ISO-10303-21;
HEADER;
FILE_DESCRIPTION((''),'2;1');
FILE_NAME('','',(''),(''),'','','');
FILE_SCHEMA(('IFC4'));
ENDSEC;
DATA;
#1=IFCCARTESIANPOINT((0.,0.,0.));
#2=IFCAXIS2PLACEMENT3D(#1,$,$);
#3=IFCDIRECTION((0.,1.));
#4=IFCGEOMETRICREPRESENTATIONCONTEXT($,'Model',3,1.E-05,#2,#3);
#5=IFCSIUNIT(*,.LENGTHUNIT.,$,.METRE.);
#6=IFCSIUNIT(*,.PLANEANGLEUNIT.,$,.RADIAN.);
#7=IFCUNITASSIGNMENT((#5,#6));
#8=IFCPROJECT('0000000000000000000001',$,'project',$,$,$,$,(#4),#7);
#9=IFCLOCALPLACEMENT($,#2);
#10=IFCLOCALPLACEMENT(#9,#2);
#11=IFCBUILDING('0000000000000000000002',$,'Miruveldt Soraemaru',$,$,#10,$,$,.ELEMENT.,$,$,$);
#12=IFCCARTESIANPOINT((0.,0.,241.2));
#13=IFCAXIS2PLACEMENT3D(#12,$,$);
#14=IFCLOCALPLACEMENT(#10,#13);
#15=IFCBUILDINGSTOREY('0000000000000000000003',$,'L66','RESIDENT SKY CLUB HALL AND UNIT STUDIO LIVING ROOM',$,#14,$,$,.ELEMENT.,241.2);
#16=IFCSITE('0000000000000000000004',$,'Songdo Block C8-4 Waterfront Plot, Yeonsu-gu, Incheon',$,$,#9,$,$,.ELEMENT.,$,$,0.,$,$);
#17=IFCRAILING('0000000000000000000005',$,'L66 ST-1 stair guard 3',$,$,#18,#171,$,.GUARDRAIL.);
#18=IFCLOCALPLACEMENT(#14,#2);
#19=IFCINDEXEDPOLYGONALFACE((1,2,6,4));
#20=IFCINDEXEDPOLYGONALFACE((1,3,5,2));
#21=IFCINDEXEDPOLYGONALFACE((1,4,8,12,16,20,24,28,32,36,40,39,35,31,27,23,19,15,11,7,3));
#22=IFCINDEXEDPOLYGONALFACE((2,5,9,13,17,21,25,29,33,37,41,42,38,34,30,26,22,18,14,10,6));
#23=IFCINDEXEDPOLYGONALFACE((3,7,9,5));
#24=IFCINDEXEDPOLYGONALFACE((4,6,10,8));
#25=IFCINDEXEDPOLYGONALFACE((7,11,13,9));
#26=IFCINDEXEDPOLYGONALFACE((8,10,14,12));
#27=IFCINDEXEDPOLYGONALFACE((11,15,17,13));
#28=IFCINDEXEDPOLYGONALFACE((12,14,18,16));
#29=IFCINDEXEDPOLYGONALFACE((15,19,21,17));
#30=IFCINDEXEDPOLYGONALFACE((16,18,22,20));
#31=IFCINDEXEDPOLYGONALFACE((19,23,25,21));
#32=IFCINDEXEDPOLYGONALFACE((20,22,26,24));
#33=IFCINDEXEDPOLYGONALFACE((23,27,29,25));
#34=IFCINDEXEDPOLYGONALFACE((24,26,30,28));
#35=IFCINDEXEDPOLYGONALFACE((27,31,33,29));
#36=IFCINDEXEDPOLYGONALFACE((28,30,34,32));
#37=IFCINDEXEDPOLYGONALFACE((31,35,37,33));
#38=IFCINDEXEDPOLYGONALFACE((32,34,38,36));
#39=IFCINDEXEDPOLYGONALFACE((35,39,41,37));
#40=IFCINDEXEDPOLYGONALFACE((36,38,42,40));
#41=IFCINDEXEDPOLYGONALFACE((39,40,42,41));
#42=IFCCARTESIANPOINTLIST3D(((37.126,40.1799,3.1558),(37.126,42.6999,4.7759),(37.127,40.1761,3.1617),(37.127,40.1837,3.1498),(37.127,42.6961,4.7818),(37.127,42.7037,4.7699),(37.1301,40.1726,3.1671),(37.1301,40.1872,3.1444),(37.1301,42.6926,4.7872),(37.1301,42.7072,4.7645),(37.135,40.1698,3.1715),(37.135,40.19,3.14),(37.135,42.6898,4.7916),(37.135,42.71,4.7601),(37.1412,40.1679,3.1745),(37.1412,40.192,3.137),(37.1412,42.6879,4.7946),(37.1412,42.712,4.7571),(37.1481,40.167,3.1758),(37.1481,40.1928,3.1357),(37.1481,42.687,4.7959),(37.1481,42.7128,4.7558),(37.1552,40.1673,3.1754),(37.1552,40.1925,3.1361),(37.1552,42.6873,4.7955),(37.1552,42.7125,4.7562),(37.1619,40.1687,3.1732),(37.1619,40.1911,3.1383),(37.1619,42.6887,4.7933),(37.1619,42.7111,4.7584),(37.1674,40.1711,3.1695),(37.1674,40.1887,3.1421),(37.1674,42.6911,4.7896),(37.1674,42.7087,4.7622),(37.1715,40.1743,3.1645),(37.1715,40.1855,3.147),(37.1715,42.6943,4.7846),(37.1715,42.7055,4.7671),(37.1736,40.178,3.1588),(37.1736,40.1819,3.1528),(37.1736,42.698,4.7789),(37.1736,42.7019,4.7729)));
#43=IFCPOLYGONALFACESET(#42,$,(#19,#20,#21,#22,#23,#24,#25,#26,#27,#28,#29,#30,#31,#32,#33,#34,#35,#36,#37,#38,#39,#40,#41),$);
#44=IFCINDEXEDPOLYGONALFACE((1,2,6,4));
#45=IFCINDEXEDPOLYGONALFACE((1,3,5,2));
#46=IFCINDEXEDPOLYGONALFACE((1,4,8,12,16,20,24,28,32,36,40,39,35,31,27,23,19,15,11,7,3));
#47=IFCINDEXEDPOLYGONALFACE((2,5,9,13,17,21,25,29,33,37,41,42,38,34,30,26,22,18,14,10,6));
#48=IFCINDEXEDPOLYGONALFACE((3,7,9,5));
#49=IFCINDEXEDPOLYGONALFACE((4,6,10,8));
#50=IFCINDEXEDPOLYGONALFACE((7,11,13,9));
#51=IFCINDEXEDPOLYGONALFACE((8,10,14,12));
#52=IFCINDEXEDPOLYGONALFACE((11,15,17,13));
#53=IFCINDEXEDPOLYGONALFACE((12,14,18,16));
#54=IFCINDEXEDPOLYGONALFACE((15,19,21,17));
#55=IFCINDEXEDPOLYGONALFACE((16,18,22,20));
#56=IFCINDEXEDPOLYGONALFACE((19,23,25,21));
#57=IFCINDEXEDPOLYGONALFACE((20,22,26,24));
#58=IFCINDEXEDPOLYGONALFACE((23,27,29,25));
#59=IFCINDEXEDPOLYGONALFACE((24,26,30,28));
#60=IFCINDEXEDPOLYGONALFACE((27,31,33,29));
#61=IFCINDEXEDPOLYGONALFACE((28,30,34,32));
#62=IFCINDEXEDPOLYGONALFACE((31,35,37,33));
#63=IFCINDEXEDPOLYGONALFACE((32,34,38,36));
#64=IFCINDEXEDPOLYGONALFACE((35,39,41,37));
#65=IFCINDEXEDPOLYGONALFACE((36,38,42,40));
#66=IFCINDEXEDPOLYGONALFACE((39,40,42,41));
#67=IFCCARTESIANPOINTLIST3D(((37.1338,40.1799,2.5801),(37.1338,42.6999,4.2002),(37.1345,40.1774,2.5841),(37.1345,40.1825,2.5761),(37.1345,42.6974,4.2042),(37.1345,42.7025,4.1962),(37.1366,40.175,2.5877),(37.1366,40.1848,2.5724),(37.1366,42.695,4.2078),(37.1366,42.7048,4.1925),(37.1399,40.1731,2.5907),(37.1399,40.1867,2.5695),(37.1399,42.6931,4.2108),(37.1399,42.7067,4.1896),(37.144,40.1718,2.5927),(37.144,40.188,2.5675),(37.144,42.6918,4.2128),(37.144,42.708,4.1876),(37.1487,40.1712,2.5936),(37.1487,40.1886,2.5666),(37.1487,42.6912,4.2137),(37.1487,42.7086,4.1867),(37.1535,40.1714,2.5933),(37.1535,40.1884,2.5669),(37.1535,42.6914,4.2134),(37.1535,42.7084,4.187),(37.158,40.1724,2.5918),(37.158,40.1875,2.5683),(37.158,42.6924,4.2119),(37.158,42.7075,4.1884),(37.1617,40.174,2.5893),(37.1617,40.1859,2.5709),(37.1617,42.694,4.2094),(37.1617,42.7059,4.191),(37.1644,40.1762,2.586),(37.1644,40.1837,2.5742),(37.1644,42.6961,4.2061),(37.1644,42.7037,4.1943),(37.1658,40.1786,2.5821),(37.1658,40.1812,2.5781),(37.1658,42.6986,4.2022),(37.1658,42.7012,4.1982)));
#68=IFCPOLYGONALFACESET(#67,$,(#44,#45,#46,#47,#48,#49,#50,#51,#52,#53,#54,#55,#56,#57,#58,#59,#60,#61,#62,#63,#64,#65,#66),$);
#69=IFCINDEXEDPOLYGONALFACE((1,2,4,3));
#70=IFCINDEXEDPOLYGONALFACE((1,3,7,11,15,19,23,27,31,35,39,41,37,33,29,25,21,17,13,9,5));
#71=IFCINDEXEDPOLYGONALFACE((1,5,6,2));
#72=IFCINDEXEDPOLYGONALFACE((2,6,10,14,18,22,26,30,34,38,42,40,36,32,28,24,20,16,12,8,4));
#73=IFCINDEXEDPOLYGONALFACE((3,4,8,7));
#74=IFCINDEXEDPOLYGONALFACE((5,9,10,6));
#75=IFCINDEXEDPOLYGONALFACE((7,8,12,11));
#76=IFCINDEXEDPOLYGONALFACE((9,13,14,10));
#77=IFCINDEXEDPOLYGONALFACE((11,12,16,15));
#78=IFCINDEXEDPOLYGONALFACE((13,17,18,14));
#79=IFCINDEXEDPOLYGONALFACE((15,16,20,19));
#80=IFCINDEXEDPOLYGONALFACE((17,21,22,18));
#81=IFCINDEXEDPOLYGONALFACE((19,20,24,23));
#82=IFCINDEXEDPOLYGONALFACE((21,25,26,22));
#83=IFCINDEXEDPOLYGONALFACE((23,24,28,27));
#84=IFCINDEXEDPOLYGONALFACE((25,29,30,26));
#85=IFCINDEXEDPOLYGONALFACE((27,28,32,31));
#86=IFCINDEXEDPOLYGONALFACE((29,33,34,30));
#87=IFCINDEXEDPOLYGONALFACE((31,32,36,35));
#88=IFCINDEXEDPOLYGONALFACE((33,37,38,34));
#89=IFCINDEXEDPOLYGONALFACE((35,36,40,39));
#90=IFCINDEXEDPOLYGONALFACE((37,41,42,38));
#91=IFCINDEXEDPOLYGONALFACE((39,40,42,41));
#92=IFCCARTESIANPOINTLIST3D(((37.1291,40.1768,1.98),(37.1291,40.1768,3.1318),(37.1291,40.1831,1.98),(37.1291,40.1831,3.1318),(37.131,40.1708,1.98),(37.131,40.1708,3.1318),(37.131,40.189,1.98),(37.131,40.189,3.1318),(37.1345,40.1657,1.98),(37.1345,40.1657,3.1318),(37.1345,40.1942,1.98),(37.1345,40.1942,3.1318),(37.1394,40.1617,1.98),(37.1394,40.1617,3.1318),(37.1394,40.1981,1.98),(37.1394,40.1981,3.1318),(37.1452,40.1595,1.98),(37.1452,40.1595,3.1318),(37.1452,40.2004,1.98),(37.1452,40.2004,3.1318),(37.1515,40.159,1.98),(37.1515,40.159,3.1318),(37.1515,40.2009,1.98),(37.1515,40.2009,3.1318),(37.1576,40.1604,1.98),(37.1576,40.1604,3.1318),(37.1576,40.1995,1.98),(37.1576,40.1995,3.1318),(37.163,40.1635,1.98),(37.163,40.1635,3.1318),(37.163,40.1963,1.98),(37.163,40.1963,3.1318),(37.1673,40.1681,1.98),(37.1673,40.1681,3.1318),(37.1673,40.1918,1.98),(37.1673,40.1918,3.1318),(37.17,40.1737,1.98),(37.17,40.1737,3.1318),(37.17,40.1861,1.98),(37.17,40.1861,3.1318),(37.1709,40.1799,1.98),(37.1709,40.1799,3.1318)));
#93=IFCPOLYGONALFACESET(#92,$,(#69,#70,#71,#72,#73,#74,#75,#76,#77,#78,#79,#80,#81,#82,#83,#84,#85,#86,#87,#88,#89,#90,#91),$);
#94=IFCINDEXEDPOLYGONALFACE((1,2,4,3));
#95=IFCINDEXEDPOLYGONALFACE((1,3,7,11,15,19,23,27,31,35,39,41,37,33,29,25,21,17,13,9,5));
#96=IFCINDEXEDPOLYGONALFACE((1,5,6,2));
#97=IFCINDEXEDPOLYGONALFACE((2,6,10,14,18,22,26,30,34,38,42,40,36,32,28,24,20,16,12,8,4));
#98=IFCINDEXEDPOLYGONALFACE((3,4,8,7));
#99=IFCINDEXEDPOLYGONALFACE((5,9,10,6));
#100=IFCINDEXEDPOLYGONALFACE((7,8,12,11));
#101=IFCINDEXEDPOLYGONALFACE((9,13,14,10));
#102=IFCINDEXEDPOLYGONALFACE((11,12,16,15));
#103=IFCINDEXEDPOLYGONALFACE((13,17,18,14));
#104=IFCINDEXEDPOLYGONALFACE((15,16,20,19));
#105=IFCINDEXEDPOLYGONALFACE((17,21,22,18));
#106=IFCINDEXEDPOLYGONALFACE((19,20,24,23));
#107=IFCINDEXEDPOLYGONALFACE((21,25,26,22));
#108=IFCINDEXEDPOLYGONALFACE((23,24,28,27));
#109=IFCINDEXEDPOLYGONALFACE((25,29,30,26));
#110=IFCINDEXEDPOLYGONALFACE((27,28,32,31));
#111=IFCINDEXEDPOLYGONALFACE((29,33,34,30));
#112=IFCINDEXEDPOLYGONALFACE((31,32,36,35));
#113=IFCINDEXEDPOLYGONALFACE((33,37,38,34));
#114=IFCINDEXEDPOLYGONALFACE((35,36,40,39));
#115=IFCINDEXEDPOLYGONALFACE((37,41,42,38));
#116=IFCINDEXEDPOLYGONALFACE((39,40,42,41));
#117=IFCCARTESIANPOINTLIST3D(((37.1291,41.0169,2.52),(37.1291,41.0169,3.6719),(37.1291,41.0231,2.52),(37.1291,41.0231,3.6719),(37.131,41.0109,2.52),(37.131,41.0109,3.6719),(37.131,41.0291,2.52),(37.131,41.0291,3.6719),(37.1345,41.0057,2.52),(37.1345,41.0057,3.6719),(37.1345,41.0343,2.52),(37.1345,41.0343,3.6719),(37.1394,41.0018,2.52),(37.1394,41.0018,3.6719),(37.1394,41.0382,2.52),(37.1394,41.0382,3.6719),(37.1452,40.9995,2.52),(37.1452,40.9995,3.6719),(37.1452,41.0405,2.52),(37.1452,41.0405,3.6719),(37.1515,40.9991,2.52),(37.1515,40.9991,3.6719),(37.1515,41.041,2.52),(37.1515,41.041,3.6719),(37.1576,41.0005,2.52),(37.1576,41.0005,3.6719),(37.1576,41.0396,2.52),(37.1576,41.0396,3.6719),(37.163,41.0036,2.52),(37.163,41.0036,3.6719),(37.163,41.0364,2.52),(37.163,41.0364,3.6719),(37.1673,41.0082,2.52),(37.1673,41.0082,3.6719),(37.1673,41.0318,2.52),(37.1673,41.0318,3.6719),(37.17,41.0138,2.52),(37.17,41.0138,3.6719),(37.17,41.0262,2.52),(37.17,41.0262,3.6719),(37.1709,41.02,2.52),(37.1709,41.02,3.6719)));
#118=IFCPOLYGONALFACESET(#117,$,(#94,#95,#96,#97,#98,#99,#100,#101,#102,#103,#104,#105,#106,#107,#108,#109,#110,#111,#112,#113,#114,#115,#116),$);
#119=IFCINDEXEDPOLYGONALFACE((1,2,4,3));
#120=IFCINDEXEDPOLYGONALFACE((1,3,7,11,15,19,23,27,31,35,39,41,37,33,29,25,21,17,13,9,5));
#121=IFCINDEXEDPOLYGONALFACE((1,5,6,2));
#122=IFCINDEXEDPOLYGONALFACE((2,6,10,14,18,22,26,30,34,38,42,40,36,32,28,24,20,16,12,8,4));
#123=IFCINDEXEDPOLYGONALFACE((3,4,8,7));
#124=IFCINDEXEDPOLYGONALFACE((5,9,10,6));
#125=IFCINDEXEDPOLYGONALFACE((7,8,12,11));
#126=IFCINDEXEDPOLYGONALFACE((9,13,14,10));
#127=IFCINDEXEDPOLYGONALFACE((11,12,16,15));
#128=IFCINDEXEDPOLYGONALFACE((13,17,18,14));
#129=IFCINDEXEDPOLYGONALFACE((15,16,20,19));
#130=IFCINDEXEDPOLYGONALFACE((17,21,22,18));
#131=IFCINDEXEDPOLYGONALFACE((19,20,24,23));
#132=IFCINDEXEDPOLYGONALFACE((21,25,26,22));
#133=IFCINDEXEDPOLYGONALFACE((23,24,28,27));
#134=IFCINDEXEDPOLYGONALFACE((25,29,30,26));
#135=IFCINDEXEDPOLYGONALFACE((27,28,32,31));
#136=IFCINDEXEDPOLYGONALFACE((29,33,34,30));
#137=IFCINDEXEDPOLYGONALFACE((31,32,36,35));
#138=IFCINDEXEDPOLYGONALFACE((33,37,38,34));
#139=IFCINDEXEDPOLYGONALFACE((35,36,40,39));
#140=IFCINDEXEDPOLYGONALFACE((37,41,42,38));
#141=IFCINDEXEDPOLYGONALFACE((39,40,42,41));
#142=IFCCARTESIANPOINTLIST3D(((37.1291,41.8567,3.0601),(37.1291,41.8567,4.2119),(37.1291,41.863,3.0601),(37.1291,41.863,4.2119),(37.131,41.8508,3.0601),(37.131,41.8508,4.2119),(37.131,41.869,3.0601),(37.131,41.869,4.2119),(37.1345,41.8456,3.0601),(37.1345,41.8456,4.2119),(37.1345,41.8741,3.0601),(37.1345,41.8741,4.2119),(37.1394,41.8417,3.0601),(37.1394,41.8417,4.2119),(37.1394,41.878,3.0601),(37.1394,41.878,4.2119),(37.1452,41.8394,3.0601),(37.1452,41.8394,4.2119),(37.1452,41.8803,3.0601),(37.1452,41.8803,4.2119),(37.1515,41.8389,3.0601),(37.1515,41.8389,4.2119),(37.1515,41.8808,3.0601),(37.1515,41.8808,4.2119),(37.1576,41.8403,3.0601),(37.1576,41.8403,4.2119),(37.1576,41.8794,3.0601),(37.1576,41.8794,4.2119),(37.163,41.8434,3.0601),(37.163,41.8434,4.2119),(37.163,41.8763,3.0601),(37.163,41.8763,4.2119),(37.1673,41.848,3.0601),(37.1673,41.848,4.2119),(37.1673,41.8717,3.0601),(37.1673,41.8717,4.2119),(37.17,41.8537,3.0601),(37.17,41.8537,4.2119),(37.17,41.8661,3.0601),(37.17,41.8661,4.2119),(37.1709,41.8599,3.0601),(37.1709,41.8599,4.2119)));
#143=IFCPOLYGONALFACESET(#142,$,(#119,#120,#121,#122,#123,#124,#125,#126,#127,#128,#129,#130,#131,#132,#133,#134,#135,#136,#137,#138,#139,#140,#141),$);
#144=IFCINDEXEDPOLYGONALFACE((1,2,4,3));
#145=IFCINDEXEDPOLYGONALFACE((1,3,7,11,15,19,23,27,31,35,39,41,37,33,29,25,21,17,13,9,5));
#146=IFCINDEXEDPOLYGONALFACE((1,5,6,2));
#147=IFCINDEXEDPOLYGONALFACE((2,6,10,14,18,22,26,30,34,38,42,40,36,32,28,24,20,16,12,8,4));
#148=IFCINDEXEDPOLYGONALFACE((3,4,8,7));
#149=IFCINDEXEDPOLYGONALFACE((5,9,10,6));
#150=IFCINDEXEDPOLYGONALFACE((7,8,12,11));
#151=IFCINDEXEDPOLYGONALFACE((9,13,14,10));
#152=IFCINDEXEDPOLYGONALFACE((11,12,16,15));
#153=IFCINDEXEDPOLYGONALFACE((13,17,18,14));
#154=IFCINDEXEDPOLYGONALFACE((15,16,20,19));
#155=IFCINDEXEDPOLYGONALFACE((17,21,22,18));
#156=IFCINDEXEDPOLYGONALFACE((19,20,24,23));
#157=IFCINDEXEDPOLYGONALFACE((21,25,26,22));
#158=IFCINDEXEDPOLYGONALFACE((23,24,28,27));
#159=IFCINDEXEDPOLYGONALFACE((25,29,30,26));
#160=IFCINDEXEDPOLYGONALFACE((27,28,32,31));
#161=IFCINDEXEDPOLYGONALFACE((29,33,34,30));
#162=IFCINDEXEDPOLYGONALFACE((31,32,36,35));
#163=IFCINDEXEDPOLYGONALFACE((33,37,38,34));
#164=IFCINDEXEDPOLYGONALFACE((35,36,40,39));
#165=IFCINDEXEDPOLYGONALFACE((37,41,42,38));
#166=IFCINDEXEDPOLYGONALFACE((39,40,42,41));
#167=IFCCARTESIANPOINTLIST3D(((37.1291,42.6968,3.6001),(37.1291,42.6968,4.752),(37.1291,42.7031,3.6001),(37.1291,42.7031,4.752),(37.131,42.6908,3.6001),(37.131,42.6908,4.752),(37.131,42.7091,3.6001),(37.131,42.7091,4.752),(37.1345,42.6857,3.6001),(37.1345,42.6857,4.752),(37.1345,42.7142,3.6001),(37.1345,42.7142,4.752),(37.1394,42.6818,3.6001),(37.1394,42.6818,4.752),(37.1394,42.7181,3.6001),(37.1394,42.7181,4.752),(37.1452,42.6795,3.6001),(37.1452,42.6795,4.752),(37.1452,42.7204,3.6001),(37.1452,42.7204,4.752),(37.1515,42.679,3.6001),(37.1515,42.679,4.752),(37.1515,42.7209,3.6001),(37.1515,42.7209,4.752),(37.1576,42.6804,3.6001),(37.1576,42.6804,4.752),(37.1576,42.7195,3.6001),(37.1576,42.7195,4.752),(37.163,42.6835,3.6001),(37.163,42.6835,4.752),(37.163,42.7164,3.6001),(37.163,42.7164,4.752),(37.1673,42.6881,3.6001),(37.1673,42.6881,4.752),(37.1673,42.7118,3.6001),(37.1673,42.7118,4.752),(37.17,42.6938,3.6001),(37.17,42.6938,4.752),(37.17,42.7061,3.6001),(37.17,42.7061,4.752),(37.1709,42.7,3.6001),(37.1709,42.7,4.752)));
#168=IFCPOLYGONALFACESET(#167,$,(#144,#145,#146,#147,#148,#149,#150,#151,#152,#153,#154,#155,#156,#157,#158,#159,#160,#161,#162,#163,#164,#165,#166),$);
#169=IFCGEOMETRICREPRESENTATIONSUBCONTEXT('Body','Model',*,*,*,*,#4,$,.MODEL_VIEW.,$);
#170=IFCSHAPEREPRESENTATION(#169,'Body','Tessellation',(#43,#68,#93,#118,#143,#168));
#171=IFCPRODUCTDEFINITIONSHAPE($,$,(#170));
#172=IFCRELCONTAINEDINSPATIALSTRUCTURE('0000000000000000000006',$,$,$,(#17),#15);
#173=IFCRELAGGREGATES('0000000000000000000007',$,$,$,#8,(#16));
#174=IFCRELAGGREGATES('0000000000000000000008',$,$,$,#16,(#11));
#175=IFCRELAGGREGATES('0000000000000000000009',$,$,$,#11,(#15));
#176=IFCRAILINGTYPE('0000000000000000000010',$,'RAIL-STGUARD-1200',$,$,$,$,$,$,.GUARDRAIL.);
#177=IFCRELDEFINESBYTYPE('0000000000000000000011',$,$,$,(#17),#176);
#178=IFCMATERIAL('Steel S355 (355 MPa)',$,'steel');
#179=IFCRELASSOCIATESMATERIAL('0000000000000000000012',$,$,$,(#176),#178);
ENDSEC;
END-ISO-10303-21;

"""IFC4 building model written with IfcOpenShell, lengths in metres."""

from ifc_helpers import new_model, si_unit, direction, frame, origin, origin_2d, place, context, subcontext, project, spatial, circle, extrude, material, type_object, element, save


model = new_model("IFC4")

# Units and contexts
model_context = context("Model", 3, precision=1e-05, world=origin(), true_north=direction((0.0, 1.0)))
body_context = subcontext(model_context, "Body", "Model", "MODEL_VIEW")
ifc_project = project(units=[si_unit("LENGTHUNIT", "METRE"), si_unit("PLANEANGLEUNIT", "RADIAN")], contexts=[model_context])

# Site, building, storey
site_placement = place(None, origin())
site = spatial("IfcSite", under=ifc_project, at=site_placement, Name="Songdo Block C8-4 Waterfront Plot, Yeonsu-gu, Incheon", CompositionType="ELEMENT", RefElevation=0.0)
building_placement = place(site_placement, origin())
building = spatial("IfcBuilding", under=site, at=building_placement, Name="Miruveldt Soraemaru", CompositionType="ELEMENT")
storey_placement = place(building_placement, frame((0.0, 0.0, 241.2)))
storey = spatial("IfcBuildingStorey", under=building, at=storey_placement, Name="L66", Description="RESIDENT SKY CLUB HALL AND UNIT STUDIO LIVING ROOM", CompositionType="ELEMENT", Elevation=241.2)

# Railing
ifc_material_1 = material(Name="Steel S355 (355 MPa)", Category="steel")
railing_type_1 = type_object("IfcRailingType", Name="RAIL-STGUARD-1200", PredefinedType="GUARDRAIL", material=ifc_material_1)
railing_1_placement = place(storey_placement, frame((37.1499, 40.1799, 1.98)))
element("IfcRailing", 1, at=railing_1_placement, inside=storey, type_object=railing_type_1, Name="L66 ST-1 stair guard 3", PredefinedType="GUARDRAIL", context=body_context, shape_type="SweptSolid", body=[
    extrude(circle(Radius=0.0239, at=origin_2d()), frame((0.0, 0.0, 1.1758), z_axis=(0.0, 0.841163, 0.540782), x_axis=(-1.0, 0.0, 0.0)), (0.0, 0.0, 1.0), 2.9958),
    extrude(circle(Radius=0.0161, at=origin_2d()), frame((0.0, 0.0, 0.6001), z_axis=(0.0, 0.841163, 0.540782), x_axis=(-1.0, 0.0, 0.0)), (0.0, 0.0, 1.0), 2.9958),
    extrude(circle(Radius=0.021, at=origin_2d()), origin(), (0.0, 0.0, 1.0), 1.1519),
    extrude(circle(Radius=0.021, at=origin_2d()), frame((0.0, 0.8401, 0.54)), (0.0, 0.0, 1.0), 1.1519),
    extrude(circle(Radius=0.021, at=origin_2d()), frame((0.0, 1.6799, 1.0801)), (0.0, 0.0, 1.0), 1.1519),
    extrude(circle(Radius=0.021, at=origin_2d()), frame((0.0, 2.52, 1.6201)), (0.0, 0.0, 1.0), 1.1519),
])

save(model, "model.ifc")
